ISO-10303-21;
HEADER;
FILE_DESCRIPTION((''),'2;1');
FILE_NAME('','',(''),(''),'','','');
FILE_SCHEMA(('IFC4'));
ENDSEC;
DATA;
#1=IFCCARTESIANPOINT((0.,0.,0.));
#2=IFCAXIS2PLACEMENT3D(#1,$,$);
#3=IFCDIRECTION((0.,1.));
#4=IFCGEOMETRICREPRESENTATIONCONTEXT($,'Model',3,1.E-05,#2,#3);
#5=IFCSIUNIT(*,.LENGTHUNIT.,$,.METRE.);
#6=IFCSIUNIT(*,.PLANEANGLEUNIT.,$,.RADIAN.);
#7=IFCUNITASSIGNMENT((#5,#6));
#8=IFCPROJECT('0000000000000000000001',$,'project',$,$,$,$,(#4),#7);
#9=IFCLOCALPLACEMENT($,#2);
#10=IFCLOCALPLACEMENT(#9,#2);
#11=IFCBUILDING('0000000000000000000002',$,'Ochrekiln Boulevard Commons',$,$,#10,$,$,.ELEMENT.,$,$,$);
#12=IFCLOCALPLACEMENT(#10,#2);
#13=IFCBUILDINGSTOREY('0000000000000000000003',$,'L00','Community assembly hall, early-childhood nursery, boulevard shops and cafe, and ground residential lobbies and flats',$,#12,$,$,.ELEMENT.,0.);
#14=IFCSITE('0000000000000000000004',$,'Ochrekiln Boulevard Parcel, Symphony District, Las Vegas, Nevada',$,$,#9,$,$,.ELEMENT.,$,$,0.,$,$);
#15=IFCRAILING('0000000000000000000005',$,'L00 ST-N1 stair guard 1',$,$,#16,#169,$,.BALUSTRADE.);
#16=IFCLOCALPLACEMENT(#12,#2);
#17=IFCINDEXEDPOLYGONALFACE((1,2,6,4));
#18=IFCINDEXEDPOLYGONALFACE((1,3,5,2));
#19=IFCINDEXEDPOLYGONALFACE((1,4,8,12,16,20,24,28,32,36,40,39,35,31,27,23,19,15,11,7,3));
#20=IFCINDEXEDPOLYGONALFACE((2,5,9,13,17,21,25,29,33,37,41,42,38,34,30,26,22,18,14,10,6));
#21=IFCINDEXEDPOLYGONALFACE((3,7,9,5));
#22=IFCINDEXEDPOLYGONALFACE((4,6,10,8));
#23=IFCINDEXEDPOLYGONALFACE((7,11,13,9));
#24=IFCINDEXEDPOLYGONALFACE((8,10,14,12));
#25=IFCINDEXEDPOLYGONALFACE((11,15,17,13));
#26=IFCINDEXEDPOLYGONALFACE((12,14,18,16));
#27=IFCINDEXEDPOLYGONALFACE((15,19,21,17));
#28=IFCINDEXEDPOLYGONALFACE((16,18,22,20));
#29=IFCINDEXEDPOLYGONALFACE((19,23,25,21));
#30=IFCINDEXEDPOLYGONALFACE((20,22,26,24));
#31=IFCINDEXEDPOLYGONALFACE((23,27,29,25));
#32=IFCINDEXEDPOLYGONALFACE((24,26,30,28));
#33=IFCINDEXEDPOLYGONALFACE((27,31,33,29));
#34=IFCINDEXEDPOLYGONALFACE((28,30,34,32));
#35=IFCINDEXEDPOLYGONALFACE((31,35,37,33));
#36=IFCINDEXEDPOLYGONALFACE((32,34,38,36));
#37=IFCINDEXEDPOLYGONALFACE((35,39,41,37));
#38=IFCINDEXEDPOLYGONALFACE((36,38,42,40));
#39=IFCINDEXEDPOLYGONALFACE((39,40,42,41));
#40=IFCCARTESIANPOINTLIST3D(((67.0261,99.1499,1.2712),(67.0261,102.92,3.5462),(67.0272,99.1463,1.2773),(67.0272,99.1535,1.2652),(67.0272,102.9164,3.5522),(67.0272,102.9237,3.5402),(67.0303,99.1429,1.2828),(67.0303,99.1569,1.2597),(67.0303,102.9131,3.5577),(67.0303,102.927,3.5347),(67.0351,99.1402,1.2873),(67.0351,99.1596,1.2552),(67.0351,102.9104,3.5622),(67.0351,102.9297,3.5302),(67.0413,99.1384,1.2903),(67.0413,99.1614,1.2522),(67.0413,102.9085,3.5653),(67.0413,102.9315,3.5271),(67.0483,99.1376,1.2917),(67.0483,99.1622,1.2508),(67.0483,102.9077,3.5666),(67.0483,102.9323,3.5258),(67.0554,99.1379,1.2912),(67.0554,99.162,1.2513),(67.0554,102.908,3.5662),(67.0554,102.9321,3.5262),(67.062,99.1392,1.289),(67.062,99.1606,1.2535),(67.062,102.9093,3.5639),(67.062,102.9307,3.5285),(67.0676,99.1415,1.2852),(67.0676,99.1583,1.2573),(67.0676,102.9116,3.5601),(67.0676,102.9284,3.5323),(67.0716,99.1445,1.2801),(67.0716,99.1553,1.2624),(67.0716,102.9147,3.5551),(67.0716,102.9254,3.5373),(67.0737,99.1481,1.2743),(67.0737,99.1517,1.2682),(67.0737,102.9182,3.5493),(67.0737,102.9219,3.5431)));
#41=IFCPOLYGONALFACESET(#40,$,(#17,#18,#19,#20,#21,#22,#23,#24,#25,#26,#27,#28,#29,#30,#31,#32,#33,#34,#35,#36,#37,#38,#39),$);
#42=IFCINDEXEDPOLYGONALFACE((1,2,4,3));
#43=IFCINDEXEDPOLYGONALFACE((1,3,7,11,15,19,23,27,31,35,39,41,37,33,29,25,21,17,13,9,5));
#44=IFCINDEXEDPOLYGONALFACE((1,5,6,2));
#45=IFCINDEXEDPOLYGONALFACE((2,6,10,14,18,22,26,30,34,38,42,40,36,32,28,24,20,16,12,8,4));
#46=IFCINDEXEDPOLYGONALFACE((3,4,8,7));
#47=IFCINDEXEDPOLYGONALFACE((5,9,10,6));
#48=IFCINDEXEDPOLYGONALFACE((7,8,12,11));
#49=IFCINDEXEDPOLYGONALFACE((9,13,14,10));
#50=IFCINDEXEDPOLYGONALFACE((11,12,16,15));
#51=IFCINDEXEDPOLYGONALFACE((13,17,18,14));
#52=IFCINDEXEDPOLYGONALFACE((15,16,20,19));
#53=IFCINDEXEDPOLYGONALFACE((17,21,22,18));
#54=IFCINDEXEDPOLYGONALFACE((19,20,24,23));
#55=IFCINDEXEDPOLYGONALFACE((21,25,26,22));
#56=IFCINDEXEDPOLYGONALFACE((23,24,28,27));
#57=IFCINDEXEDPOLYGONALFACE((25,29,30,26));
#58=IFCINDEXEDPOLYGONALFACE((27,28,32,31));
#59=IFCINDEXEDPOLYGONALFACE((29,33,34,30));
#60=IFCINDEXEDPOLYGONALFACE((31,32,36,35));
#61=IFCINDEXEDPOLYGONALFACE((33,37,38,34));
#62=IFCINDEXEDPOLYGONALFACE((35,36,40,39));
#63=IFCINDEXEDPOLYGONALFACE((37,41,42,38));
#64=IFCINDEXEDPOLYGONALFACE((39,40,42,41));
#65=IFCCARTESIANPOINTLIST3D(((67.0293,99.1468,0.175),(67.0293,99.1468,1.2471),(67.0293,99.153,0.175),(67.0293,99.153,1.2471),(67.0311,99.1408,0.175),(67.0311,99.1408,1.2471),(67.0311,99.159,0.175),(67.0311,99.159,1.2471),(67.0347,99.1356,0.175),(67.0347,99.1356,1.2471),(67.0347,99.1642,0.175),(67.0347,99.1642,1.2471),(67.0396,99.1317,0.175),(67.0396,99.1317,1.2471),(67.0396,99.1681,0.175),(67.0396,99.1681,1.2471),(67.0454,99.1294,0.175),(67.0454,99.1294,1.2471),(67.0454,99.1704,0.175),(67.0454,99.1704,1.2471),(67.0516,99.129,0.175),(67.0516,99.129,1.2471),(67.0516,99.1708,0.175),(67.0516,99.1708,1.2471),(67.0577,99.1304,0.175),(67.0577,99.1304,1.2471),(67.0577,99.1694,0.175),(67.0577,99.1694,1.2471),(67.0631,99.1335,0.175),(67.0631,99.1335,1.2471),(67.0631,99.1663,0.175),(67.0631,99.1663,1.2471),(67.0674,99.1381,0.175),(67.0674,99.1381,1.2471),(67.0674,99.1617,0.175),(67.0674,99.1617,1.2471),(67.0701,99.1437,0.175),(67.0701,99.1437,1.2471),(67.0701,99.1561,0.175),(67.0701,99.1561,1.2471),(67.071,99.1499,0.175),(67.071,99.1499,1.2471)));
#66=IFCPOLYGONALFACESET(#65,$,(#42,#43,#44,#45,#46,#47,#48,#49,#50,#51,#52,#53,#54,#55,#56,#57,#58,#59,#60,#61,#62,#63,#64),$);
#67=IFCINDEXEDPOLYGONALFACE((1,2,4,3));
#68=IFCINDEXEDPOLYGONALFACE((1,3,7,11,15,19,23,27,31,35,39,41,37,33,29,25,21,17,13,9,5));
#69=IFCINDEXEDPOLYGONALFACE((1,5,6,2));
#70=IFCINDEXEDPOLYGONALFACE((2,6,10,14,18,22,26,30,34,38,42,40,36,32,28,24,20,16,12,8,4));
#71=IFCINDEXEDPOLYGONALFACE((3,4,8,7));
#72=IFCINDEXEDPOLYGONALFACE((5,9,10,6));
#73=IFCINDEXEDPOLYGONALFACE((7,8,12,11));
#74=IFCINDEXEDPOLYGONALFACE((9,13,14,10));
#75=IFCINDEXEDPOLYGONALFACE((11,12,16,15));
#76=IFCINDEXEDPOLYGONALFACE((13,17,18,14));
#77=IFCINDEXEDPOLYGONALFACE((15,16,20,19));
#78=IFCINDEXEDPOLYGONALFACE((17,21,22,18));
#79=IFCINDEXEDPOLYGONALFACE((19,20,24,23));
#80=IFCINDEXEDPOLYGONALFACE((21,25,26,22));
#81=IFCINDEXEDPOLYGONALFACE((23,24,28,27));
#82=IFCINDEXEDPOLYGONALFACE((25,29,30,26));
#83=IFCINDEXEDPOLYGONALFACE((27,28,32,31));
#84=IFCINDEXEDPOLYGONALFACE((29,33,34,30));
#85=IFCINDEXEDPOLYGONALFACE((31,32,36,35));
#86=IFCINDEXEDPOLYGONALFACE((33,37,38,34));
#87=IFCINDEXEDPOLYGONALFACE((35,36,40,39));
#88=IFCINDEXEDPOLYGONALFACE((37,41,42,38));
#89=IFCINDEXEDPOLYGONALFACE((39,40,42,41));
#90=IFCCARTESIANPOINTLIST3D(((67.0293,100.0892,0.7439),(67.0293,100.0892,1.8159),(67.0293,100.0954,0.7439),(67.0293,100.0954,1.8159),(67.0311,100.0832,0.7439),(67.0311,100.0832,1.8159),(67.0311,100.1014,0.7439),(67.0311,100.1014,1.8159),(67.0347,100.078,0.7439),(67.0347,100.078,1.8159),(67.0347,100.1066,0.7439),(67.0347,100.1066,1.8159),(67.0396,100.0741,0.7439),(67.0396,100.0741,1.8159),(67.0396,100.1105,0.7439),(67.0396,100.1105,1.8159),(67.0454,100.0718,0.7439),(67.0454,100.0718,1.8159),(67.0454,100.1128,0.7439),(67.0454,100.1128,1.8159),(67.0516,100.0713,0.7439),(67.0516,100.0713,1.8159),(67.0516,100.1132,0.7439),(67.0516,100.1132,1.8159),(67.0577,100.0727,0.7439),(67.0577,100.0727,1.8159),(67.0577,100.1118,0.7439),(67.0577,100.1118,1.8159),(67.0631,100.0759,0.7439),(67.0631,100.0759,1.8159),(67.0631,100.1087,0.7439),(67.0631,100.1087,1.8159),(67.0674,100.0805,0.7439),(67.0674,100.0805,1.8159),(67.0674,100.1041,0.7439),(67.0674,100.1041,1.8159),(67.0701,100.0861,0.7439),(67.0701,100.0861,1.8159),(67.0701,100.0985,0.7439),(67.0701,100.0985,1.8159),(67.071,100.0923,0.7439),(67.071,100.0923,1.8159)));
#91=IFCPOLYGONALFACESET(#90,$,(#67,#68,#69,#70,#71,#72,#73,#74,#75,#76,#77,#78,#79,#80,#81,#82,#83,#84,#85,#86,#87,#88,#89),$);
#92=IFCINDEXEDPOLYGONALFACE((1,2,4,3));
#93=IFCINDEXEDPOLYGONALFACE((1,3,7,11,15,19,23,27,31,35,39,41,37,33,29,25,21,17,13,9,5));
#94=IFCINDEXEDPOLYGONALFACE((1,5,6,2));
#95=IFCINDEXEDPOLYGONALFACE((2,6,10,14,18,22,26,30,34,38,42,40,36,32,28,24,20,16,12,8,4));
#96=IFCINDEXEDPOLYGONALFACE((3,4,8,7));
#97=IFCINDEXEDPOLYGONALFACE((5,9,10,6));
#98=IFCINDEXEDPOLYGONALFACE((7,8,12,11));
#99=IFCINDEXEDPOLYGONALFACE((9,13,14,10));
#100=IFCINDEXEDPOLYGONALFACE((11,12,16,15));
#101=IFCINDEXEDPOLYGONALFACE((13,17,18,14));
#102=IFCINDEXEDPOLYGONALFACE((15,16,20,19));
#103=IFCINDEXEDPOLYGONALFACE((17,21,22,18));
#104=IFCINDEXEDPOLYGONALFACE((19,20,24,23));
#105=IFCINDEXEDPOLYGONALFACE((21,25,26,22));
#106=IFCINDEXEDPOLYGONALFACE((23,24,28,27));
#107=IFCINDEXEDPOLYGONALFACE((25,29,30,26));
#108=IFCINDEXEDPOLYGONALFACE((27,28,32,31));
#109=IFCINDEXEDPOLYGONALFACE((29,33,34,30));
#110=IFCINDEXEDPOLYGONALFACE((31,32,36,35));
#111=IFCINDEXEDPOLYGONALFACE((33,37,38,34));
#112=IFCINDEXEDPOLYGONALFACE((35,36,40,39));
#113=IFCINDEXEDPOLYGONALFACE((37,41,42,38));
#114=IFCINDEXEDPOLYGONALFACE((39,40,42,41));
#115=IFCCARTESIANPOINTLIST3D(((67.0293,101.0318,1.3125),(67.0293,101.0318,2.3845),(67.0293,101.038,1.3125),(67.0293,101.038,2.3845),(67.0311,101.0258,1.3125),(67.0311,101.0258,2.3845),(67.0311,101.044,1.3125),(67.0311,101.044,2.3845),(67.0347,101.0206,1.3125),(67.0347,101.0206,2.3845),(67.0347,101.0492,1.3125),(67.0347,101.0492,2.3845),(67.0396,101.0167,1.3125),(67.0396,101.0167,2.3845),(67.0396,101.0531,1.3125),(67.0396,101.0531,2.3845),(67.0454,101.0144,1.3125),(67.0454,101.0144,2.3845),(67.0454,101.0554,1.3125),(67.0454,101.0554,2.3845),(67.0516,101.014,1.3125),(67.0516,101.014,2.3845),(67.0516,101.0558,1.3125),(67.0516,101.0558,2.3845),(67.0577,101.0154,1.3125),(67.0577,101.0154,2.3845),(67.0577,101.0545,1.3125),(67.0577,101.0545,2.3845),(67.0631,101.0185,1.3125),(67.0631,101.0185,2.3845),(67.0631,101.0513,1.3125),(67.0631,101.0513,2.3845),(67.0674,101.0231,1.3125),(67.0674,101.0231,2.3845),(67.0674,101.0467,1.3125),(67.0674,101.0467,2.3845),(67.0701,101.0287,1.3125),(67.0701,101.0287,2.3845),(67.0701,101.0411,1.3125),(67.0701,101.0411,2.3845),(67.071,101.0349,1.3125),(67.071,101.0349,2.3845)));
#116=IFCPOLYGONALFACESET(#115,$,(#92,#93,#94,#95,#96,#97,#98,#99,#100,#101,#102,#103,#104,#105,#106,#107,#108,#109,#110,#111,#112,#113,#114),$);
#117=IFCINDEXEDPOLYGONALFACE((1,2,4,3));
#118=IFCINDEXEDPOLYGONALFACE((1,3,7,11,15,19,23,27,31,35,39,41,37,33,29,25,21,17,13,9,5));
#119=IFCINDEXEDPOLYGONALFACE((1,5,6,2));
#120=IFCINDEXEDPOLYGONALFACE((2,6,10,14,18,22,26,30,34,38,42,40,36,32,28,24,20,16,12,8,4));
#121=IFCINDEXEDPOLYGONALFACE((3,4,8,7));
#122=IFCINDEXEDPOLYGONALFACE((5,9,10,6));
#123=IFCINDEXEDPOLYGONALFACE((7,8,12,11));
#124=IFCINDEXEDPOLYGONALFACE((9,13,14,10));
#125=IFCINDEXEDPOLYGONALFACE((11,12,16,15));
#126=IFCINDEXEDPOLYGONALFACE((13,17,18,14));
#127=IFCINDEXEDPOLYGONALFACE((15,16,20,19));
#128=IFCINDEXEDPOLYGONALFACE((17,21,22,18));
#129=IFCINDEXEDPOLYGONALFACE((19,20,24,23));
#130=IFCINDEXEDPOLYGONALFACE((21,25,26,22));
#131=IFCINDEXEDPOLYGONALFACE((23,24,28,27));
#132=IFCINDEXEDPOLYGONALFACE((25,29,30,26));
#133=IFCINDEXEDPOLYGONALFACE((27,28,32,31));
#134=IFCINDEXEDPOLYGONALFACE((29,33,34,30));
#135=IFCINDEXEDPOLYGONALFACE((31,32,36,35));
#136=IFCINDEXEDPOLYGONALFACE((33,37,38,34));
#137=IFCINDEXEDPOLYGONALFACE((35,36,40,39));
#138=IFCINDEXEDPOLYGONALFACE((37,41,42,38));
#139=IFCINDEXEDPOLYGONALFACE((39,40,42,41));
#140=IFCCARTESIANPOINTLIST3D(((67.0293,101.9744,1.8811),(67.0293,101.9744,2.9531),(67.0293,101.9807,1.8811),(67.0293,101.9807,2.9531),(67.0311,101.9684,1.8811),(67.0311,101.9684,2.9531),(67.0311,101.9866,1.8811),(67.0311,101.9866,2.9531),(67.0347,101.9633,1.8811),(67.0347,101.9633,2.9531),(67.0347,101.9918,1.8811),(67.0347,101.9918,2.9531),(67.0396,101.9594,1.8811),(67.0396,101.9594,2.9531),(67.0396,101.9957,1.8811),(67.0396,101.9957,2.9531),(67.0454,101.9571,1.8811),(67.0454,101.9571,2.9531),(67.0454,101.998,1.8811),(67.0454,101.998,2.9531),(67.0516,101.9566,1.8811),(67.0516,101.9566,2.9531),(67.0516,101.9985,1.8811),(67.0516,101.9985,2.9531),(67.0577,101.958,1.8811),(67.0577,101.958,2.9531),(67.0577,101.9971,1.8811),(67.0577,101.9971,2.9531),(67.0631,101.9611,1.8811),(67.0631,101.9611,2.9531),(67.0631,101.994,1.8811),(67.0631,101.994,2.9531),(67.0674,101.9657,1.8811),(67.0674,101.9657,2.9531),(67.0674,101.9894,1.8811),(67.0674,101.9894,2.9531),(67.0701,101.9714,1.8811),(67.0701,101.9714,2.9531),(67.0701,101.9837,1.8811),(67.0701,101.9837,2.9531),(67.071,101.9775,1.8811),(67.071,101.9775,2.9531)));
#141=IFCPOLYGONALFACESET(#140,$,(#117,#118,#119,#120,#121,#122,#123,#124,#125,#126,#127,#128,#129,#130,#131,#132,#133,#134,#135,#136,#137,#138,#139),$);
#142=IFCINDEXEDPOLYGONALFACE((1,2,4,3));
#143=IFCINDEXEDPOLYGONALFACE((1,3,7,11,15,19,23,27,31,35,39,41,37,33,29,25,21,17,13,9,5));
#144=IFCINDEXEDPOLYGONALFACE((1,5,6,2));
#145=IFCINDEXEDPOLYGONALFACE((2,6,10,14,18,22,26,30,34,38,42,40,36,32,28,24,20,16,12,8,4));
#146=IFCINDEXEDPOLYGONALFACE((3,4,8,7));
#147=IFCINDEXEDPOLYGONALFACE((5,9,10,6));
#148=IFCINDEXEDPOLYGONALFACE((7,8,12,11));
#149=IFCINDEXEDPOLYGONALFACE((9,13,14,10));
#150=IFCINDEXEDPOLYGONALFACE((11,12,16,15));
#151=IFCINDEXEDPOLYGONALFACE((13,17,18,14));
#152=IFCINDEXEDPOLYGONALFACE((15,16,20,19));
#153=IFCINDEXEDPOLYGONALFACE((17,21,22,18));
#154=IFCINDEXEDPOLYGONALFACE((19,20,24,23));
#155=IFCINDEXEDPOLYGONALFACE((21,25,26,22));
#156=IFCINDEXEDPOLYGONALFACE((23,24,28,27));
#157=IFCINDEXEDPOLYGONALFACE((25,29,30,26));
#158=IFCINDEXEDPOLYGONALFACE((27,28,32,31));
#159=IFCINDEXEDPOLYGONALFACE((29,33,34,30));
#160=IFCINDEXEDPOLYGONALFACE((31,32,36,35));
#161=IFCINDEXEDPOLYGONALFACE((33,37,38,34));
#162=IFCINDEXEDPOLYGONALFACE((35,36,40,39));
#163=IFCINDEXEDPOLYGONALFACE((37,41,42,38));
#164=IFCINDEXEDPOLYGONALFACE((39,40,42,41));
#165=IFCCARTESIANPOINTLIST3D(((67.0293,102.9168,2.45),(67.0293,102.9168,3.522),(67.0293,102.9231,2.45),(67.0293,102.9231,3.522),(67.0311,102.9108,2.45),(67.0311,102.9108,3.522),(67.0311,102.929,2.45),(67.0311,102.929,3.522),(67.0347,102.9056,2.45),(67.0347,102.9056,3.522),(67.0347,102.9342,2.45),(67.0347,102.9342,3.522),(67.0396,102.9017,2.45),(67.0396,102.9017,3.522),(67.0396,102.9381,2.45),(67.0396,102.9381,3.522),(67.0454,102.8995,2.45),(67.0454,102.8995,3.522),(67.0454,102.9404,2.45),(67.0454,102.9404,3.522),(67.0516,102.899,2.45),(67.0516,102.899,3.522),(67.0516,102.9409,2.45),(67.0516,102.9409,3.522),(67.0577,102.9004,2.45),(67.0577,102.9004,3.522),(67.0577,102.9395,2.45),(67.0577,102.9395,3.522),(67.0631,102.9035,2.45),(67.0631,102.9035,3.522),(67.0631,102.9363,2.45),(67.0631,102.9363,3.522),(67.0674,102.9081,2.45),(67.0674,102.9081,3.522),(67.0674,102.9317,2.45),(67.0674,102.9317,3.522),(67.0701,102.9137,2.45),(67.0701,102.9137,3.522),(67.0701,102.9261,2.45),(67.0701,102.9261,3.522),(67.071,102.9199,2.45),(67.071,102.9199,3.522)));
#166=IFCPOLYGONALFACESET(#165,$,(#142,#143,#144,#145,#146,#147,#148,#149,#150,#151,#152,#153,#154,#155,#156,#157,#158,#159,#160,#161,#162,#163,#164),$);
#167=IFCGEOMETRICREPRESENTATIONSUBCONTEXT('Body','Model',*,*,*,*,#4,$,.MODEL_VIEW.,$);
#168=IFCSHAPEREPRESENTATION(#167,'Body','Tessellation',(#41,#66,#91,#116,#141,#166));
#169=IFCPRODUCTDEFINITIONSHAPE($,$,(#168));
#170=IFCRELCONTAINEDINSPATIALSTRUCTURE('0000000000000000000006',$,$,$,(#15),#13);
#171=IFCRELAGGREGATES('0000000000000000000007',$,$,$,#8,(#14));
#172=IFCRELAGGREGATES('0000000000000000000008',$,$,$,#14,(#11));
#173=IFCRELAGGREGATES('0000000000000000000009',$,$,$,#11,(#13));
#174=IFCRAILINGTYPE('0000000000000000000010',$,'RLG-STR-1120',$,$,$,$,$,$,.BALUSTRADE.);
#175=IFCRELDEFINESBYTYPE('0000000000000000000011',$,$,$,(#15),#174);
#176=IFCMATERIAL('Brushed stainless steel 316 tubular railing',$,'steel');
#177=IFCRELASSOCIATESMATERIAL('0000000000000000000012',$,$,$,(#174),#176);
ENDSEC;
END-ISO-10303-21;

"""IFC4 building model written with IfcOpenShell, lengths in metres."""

from ifc_helpers import new_model, si_unit, direction, frame, origin, origin_2d, place, context, subcontext, project, spatial, circle, extrude, material, type_object, element, save


model = new_model("IFC4")

# Units and contexts
model_context = context("Model", 3, precision=1e-05, world=origin(), true_north=direction((0.0, 1.0)))
body_context = subcontext(model_context, "Body", "Model", "MODEL_VIEW")
ifc_project = project(units=[si_unit("LENGTHUNIT", "METRE"), si_unit("PLANEANGLEUNIT", "RADIAN")], contexts=[model_context])

# Site, building, storey
site_placement = place(None, origin())
site = spatial("IfcSite", under=ifc_project, at=site_placement, Name="Ochrekiln Boulevard Parcel, Symphony District, Las Vegas, Nevada", CompositionType="ELEMENT", RefElevation=0.0)
building_placement = place(site_placement, origin())
building = spatial("IfcBuilding", under=site, at=building_placement, Name="Ochrekiln Boulevard Commons", CompositionType="ELEMENT")
storey_placement = place(building_placement, origin())
storey = spatial("IfcBuildingStorey", under=building, at=storey_placement, Name="L00", Description="Community assembly hall, early-childhood nursery, boulevard shops and cafe, and ground residential lobbies and flats", CompositionType="ELEMENT", Elevation=0.0)

# Railing
ifc_material_1 = material(Name="Brushed stainless steel 316 tubular railing", Category="steel")
railing_type_1 = type_object("IfcRailingType", Name="RLG-STR-1120", PredefinedType="BALUSTRADE", material=ifc_material_1)
railing_1_placement = place(storey_placement, frame((67.05, 99.1499, 0.175)))
element("IfcRailing", 1, at=railing_1_placement, inside=storey, type_object=railing_type_1, Name="L00 ST-N1 stair guard 1", PredefinedType="BALUSTRADE", context=body_context, shape_type="SweptSolid", body=[
    extrude(circle(Radius=0.0239, at=origin_2d()), frame((0.0, 0.0, 1.0962), z_axis=(0.0, 0.856199, 0.516647), x_axis=(-1.0, 0.0, 0.0)), (0.0, 0.0, 1.0), 4.4033),
    extrude(circle(Radius=0.021, at=origin_2d()), origin(), (0.0, 0.0, 1.0), 1.072),
    extrude(circle(Radius=0.021, at=origin_2d()), frame((0.0, 0.9424, 0.5688)), (0.0, 0.0, 1.0), 1.072),
    extrude(circle(Radius=0.021, at=origin_2d()), frame((0.0, 1.885, 1.1375)), (0.0, 0.0, 1.0), 1.072),
    extrude(circle(Radius=0.021, at=origin_2d()), frame((0.0, 2.8276, 1.7061)), (0.0, 0.0, 1.0), 1.072),
    extrude(circle(Radius=0.021, at=origin_2d()), frame((0.0, 3.77, 2.2749)), (0.0, 0.0, 1.0), 1.072),
])

save(model, "model.ifc")
